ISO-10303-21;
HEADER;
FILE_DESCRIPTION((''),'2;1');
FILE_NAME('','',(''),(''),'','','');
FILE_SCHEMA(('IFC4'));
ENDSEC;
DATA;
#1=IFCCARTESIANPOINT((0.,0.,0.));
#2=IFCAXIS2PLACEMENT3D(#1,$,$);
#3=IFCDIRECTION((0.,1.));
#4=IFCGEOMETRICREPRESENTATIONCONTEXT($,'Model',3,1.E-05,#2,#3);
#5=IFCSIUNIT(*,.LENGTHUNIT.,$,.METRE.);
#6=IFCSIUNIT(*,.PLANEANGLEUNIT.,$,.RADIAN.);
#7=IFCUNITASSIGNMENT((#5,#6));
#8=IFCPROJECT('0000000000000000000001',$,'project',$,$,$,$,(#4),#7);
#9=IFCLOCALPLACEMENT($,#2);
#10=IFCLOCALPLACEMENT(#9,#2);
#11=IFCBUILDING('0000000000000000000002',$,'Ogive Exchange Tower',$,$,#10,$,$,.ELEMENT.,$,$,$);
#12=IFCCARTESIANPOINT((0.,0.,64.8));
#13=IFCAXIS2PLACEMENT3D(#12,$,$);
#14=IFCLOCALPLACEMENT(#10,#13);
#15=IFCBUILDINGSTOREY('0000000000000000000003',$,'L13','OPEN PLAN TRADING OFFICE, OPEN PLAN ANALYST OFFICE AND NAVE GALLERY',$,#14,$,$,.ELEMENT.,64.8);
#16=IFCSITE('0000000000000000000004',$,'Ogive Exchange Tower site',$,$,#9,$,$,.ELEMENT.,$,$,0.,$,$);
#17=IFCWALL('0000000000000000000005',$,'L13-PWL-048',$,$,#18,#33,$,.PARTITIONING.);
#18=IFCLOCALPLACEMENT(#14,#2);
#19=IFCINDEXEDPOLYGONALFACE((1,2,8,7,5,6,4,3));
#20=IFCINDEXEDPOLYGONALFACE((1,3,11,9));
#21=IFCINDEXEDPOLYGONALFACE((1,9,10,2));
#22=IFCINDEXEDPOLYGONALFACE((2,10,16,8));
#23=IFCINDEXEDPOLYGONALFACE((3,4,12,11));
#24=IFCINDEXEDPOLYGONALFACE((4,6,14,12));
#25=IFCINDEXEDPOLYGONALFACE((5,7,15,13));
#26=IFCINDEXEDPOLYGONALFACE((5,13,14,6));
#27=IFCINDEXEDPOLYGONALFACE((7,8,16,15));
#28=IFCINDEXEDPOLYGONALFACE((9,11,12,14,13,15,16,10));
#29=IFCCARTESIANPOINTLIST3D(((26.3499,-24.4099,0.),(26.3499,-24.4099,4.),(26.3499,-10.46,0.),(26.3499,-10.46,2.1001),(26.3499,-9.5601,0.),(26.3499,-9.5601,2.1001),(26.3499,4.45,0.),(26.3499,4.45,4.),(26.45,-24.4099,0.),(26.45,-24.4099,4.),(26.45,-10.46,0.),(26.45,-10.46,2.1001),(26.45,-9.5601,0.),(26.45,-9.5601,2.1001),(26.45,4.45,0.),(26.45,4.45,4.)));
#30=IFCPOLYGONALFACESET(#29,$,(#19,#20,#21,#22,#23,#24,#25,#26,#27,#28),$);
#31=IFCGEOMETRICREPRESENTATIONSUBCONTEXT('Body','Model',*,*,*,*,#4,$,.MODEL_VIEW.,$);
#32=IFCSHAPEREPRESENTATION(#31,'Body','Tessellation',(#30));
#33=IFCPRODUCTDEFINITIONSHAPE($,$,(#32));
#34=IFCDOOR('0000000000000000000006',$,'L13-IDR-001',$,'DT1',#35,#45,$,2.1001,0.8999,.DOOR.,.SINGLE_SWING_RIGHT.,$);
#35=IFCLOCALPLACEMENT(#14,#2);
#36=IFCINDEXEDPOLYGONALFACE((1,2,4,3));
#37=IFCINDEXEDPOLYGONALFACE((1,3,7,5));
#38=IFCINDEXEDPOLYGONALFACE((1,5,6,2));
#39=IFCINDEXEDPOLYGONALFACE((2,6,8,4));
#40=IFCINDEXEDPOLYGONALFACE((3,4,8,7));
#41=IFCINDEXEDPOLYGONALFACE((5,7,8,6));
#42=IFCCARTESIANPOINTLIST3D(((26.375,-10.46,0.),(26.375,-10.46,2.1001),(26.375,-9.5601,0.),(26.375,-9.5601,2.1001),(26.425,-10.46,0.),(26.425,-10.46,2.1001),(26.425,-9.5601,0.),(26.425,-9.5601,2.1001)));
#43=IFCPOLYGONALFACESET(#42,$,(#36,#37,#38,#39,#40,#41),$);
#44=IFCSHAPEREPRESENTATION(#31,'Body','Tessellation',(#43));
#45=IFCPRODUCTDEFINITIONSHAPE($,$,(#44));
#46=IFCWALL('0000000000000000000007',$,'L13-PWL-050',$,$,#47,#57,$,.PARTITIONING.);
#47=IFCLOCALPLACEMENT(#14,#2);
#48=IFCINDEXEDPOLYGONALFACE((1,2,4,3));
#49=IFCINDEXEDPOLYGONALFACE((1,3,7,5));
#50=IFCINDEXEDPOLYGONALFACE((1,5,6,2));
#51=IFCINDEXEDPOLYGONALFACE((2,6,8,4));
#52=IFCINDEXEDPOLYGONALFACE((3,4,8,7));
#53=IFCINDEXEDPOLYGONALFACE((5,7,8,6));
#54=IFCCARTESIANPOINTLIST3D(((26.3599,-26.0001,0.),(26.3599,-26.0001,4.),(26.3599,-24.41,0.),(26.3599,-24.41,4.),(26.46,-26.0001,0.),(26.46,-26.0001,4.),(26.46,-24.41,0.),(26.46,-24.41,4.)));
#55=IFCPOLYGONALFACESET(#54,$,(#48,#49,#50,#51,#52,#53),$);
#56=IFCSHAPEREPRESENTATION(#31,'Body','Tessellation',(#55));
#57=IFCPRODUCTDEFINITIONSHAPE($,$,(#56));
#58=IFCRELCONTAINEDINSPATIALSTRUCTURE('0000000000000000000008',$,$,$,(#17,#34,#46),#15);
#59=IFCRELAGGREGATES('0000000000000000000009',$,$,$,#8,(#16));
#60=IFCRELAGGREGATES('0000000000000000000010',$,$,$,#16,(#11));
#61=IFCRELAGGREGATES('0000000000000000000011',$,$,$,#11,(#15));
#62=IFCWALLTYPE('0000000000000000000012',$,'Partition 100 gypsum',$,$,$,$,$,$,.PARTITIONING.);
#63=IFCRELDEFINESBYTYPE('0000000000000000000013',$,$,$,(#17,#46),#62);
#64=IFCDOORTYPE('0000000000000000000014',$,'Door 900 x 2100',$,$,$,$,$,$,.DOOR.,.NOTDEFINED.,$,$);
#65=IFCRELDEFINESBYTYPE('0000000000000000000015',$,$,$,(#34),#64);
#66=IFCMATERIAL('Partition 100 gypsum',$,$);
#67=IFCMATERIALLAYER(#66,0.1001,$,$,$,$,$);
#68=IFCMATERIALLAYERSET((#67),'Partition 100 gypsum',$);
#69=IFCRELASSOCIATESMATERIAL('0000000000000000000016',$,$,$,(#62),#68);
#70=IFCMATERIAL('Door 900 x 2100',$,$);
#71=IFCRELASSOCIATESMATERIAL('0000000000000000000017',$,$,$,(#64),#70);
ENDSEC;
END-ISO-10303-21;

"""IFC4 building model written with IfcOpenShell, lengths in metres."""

from ifc_helpers import new_model, si_unit, direction, frame, frame_2d, origin, place, context, subcontext, project, spatial, rectangle, extrude, material, layer, layer_set, type_object, element, fill, save


model = new_model("IFC4")

# Units and contexts
model_context = context("Model", 3, precision=1e-05, world=origin(), true_north=direction((0.0, 1.0)))
body_context = subcontext(model_context, "Body", "Model", "MODEL_VIEW")
ifc_project = project(units=[si_unit("LENGTHUNIT", "METRE"), si_unit("PLANEANGLEUNIT", "RADIAN")], contexts=[model_context])

# Site, building, storey
site_placement = place(None, origin())
site = spatial("IfcSite", under=ifc_project, at=site_placement, Name="Ogive Exchange Tower site", CompositionType="ELEMENT", RefElevation=0.0)
building_placement = place(site_placement, origin())
building = spatial("IfcBuilding", under=site, at=building_placement, Name="Ogive Exchange Tower", CompositionType="ELEMENT")
storey_placement = place(building_placement, frame((0.0, 0.0, 64.8)))
storey = spatial("IfcBuildingStorey", under=building, at=storey_placement, Name="L13", Description="OPEN PLAN TRADING OFFICE, OPEN PLAN ANALYST OFFICE AND NAVE GALLERY", CompositionType="ELEMENT", Elevation=64.8)

# Wall, opening, door
ifc_material_1 = material(Name="Partition 100 gypsum")
ifc_layer_1 = layer(ifc_material_1, 0.1001)
ifc_layer_set_1 = layer_set([ifc_layer_1], Name="Partition 100 gypsum")
wall_type_1 = type_object("IfcWallType", Name="Partition 100 gypsum", PredefinedType="PARTITIONING", material=ifc_layer_set_1)
wall_1_placement = place(storey_placement, frame((26.3999, -24.4099, 0.0), z_axis=(0.0, 0.0, 1.0), x_axis=(0.0, 1.0, 0.0)))
wall_1 = element("IfcWall", 1, at=wall_1_placement, inside=storey, type_object=wall_type_1, Name="L13-PWL-048", PredefinedType="PARTITIONING", context=body_context, shape_type="SweptSolid", body=[
    extrude(rectangle(XDim=28.8599, YDim=0.1001, at=frame_2d((14.4299, 0.0))), origin(), (0.0, 0.0, 1.0), 4.0),
])
opening_1_placement = place(wall_1_placement, frame((13.95, 0.0, 0.0)))
opening_1 = element("IfcOpeningElement", 2, at=opening_1_placement, cuts=wall_1, PredefinedType="OPENING", context=body_context, shape_type="SweptSolid", body=[
    extrude(rectangle(XDim=0.8999, YDim=2.1001, at=frame_2d((0.45, 1.05))), frame((0.0, 0.0601, 0.0), z_axis=(0.0, -1.0, 0.0), x_axis=(1.0, 0.0, 0.0)), (0.0, 0.0, 1.0), 0.1201),
])
ifc_material_2 = material(Name="Door 900 x 2100")
door_type_1 = type_object("IfcDoorType", Name="Door 900 x 2100", OperationType="NOTDEFINED", PredefinedType="DOOR", material=ifc_material_2)
door_1_placement = place(opening_1_placement, origin())
door_1 = element("IfcDoor", 3, at=door_1_placement, inside=storey, type_object=door_type_1, Name="L13-IDR-001", ObjectType="DT1", OperationType="SINGLE_SWING_RIGHT", OverallHeight=2.1001, OverallWidth=0.8999, PredefinedType="DOOR", context=body_context, shape_type="SweptSolid", body=[
    extrude(rectangle(XDim=0.8999, YDim=2.1001, at=frame_2d((0.45, 1.05))), frame((0.0, 0.0249, 0.0), z_axis=(0.0, -1.0, 0.0), x_axis=(1.0, 0.0, 0.0)), (0.0, 0.0, 1.0), 0.05),
])
fill(opening_1, door_1)

# Wall
wall_2_placement = place(storey_placement, frame((26.4099, -26.0, 0.0), z_axis=(0.0, 0.0, 1.0), x_axis=(0.0, 1.0, 0.0)))
element("IfcWall", 4, at=wall_2_placement, inside=storey, type_object=wall_type_1, Name="L13-PWL-050", PredefinedType="PARTITIONING", context=body_context, shape_type="SweptSolid", body=[
    extrude(rectangle(XDim=1.5901, YDim=0.1001, at=frame_2d((0.7949, 0.0))), origin(), (0.0, 0.0, 1.0), 4.0),
])

save(model, "model.ifc")
